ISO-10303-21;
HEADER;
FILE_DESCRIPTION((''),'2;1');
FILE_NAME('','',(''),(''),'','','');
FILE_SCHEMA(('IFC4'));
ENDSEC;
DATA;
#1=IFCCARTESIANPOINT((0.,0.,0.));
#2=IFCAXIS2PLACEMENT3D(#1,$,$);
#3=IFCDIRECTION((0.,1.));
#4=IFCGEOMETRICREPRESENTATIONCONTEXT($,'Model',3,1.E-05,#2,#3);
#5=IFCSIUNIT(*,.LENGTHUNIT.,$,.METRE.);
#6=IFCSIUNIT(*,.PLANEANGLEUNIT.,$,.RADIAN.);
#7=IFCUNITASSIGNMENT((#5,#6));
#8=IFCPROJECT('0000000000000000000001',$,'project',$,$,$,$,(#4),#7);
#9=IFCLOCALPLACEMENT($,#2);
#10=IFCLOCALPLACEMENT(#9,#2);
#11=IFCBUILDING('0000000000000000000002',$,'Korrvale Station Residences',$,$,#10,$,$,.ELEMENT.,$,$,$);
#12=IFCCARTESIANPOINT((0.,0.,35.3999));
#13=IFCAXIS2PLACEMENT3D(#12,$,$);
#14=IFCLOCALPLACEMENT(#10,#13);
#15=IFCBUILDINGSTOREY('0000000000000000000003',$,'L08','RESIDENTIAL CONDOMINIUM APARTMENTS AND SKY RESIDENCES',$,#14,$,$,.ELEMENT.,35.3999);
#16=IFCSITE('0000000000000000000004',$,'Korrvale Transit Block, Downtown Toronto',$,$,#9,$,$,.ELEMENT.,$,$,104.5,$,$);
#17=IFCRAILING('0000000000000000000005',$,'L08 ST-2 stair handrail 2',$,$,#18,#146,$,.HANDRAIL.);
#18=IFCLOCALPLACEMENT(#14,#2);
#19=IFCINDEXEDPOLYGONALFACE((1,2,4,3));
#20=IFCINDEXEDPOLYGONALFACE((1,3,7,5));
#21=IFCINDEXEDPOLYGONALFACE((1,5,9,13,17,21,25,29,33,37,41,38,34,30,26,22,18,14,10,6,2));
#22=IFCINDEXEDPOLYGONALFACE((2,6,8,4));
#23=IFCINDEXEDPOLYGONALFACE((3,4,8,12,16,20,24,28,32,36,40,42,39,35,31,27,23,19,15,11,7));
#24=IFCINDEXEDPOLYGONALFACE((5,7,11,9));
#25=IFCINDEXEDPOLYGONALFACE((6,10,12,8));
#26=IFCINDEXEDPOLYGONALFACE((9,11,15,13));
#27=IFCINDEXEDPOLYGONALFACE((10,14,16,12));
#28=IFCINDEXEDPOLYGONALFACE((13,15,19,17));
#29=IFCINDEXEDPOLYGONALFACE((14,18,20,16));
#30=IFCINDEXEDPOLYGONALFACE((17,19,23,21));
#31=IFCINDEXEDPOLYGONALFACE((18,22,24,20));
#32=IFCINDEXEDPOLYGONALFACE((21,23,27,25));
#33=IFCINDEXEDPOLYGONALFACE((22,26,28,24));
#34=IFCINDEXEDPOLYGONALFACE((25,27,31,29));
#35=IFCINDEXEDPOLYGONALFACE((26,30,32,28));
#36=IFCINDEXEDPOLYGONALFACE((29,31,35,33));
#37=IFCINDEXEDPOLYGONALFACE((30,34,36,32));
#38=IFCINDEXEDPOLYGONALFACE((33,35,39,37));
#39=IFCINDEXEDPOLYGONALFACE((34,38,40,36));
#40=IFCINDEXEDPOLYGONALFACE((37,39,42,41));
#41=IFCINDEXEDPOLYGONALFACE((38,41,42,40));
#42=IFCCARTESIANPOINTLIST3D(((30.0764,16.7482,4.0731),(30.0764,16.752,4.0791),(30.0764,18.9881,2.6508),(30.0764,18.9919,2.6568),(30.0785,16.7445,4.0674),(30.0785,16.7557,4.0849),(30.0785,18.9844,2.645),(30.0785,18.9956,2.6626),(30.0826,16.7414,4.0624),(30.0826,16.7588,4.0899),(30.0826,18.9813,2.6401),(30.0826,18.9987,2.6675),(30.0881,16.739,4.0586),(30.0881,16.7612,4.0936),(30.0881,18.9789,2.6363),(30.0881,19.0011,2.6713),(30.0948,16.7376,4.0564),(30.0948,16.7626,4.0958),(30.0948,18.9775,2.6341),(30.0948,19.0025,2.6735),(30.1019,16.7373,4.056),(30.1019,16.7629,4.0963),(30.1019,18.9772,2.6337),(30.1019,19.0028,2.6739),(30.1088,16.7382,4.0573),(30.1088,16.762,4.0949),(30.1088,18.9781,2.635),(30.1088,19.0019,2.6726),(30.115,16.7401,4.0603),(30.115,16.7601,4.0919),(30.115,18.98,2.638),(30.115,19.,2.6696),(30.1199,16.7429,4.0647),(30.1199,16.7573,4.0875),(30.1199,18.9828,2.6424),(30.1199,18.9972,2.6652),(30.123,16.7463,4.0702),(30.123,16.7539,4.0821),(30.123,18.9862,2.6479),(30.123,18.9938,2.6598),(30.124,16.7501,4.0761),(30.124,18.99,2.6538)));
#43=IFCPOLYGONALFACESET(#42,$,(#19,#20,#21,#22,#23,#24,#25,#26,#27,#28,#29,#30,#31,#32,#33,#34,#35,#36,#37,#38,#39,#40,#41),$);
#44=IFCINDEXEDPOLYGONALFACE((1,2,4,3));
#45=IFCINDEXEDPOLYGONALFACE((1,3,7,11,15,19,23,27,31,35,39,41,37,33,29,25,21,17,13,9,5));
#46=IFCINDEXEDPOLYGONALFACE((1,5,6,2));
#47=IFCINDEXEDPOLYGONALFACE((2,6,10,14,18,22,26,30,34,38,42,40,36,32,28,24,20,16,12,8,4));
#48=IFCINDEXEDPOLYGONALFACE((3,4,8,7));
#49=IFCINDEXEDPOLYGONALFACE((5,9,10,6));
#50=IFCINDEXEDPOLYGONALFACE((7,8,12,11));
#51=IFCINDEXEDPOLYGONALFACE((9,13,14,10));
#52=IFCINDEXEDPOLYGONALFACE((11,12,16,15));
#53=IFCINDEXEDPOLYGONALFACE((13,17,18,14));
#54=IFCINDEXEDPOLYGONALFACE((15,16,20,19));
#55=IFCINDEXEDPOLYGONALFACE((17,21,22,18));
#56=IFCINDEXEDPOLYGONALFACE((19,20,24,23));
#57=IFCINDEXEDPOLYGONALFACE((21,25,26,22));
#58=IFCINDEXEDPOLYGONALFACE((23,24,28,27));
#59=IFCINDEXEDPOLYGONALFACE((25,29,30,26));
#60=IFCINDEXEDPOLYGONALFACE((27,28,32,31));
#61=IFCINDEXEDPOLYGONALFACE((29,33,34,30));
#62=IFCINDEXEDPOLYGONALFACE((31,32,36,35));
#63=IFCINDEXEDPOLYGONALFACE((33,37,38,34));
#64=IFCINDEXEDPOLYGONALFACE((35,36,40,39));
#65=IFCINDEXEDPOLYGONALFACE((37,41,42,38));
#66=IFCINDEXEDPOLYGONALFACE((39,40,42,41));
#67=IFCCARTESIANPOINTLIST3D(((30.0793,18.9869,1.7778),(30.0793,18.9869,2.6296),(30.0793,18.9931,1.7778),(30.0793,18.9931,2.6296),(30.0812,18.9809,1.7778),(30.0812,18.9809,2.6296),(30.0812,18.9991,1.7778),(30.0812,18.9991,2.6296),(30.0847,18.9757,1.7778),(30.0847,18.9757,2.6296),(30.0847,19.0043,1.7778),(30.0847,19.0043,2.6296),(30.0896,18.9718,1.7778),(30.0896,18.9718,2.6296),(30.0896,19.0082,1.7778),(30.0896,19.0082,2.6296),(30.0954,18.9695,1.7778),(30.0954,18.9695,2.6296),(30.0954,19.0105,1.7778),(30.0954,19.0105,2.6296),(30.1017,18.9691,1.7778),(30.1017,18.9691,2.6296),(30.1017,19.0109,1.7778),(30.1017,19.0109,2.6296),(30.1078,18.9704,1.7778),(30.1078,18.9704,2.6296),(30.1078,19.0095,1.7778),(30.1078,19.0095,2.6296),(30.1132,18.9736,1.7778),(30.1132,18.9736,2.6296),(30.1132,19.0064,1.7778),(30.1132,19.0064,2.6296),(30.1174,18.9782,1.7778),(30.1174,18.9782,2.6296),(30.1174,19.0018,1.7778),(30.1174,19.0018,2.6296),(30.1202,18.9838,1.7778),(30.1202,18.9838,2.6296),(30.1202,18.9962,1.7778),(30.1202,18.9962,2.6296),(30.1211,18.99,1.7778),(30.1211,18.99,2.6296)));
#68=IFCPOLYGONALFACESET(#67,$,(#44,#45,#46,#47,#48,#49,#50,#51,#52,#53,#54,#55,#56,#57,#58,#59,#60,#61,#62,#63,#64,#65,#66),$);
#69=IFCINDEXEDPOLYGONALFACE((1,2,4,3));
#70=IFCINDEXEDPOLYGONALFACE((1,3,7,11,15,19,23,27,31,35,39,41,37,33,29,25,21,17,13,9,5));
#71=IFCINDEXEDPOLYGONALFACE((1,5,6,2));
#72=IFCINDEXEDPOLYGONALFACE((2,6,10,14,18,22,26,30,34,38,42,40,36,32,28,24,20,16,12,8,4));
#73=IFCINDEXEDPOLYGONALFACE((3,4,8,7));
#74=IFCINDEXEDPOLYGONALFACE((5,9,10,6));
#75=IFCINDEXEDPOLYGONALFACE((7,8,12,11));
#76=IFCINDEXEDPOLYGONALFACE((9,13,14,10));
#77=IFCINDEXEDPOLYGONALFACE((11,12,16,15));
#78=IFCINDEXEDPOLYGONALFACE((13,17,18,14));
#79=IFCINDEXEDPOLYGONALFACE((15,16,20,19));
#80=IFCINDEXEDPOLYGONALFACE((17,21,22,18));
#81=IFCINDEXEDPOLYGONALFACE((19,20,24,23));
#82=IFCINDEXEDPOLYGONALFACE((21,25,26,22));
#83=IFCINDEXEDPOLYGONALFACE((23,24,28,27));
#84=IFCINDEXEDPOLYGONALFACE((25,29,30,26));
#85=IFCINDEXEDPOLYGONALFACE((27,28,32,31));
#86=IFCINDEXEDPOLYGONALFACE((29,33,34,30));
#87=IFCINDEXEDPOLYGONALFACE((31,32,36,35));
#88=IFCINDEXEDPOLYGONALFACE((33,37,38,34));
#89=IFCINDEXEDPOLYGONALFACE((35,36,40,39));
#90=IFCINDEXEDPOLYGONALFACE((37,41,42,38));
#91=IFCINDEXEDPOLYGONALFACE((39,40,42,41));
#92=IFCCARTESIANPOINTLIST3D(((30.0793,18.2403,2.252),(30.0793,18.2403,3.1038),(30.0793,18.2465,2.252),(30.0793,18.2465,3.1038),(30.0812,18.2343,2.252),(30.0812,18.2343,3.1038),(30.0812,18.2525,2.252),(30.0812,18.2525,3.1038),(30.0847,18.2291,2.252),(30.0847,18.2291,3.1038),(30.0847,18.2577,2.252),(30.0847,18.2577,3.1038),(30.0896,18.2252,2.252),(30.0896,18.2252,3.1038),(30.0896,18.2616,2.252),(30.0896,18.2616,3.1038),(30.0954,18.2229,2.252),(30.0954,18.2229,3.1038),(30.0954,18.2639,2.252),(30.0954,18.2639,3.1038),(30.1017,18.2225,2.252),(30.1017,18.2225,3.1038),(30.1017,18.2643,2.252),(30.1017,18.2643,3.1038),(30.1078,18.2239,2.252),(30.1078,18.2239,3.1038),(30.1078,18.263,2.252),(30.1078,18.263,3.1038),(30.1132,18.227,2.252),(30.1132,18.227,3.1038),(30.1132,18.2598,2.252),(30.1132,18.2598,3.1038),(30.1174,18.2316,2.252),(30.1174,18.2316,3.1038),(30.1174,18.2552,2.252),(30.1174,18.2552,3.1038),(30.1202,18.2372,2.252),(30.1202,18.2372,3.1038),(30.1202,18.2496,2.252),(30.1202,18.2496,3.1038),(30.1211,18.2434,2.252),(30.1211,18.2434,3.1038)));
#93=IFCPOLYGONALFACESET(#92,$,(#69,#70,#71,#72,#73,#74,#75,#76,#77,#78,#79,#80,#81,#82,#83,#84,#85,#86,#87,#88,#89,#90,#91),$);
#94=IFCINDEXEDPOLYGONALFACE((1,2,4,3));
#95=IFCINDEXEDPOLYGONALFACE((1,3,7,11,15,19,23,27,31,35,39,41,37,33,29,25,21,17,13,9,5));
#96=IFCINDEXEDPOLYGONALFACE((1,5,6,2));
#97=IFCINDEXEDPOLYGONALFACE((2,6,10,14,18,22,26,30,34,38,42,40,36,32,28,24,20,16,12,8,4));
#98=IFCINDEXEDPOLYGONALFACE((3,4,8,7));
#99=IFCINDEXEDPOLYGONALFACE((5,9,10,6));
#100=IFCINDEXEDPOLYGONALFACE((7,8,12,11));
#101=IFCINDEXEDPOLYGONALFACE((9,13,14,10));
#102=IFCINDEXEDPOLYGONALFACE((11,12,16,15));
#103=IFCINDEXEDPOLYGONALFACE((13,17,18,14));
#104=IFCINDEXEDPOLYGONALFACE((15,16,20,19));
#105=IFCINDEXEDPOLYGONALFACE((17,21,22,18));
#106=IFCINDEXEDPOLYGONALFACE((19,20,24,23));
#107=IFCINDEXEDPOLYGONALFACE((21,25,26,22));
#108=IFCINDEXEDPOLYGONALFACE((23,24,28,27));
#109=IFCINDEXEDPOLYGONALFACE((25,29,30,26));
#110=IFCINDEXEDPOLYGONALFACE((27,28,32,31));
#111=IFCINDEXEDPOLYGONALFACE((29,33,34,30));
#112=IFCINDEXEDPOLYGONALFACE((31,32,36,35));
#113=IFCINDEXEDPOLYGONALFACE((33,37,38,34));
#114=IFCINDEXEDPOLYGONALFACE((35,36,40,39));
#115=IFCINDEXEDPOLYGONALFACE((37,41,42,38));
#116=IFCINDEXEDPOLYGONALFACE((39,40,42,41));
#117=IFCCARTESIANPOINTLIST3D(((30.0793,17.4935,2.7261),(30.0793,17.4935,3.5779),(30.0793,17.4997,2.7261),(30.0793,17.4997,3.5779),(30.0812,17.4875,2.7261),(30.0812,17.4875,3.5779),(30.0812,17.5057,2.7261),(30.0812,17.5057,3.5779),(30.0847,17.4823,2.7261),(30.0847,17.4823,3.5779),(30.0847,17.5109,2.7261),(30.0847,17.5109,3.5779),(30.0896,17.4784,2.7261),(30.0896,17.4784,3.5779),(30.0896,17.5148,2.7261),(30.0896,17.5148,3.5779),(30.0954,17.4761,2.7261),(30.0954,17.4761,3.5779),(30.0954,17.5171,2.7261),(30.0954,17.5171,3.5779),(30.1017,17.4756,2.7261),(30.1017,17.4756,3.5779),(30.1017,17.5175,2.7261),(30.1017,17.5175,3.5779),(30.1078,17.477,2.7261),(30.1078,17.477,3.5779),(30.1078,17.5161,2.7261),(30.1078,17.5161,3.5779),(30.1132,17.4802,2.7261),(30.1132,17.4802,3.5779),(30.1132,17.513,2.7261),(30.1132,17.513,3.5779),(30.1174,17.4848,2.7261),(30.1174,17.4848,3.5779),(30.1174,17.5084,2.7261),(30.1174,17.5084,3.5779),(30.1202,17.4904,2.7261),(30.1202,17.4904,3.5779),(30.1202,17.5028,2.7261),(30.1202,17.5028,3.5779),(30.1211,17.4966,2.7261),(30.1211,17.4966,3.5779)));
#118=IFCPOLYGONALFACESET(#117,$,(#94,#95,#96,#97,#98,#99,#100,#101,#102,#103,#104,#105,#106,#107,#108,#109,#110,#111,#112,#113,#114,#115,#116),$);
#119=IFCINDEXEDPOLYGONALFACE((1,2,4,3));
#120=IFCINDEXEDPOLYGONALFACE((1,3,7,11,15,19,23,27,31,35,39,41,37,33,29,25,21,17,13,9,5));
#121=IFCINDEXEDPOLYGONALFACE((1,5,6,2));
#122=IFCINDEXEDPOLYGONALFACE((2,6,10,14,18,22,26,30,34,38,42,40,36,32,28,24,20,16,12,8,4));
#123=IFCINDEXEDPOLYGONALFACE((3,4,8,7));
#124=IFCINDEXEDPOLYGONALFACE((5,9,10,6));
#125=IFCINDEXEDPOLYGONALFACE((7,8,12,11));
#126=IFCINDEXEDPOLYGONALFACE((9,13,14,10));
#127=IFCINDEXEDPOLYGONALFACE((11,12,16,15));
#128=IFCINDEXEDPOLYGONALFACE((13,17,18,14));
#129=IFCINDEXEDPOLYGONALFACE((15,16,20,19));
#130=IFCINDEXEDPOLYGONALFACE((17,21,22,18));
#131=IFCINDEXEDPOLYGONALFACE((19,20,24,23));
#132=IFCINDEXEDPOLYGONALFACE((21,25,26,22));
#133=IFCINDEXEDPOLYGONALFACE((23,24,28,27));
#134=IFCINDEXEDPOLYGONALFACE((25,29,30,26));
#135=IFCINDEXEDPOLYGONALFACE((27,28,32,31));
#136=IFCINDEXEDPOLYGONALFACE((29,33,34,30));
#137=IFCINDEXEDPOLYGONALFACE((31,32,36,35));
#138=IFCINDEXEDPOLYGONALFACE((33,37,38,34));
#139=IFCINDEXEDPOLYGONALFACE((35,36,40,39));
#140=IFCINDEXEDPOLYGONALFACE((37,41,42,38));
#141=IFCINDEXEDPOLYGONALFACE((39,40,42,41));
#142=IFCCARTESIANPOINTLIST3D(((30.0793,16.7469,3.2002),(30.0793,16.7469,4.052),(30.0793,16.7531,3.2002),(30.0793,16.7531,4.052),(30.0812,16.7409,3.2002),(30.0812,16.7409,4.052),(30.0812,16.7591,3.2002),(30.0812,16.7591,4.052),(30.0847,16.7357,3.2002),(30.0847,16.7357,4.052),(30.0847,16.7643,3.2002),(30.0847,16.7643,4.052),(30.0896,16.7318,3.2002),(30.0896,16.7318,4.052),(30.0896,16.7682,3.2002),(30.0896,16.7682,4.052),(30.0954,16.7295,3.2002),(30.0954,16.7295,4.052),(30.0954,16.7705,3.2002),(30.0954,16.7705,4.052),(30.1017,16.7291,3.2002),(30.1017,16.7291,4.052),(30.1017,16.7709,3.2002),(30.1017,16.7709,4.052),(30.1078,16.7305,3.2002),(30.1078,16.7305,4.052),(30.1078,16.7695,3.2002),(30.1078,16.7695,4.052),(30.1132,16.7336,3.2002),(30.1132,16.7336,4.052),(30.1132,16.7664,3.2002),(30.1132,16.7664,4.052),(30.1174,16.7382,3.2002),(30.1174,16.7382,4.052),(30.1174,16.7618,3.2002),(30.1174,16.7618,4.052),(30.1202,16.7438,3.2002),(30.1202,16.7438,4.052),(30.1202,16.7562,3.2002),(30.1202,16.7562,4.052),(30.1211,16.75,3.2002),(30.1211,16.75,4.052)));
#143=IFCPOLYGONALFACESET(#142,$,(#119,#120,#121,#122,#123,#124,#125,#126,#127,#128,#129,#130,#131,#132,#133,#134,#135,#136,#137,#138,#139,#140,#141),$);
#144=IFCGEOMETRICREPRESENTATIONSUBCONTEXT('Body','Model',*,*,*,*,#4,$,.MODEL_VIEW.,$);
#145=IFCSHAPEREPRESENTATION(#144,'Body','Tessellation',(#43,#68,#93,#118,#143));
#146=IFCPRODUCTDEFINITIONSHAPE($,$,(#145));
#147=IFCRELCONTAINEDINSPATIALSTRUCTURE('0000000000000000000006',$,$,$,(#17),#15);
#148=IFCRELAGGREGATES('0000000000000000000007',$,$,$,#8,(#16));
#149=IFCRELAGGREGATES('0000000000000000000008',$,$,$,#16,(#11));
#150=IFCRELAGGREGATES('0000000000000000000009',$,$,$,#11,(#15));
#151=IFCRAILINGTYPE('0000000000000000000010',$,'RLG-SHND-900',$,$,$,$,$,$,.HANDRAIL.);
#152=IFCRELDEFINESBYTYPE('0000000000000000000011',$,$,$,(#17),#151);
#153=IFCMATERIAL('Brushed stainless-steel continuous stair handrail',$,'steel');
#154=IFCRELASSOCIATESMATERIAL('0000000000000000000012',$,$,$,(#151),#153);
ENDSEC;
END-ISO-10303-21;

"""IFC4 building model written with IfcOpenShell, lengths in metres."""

from ifc_helpers import new_model, si_unit, direction, frame, origin, origin_2d, place, context, subcontext, project, spatial, circle, extrude, material, type_object, element, save


model = new_model("IFC4")

# Units and contexts
model_context = context("Model", 3, precision=1e-05, world=origin(), true_north=direction((0.0, 1.0)))
body_context = subcontext(model_context, "Body", "Model", "MODEL_VIEW")
ifc_project = project(units=[si_unit("LENGTHUNIT", "METRE"), si_unit("PLANEANGLEUNIT", "RADIAN")], contexts=[model_context])

# Site, building, storey
site_placement = place(None, origin())
site = spatial("IfcSite", under=ifc_project, at=site_placement, Name="Korrvale Transit Block, Downtown Toronto", CompositionType="ELEMENT", RefElevation=104.5)
building_placement = place(site_placement, origin())
building = spatial("IfcBuilding", under=site, at=building_placement, Name="Korrvale Station Residences", CompositionType="ELEMENT")
storey_placement = place(building_placement, frame((0.0, 0.0, 35.3999)))
storey = spatial("IfcBuildingStorey", under=building, at=storey_placement, Name="L08", Description="RESIDENTIAL CONDOMINIUM APARTMENTS AND SKY RESIDENCES", CompositionType="ELEMENT", Elevation=35.3999)

# Railing
ifc_material_1 = material(Name="Brushed stainless-steel continuous stair handrail", Category="steel")
railing_type_1 = type_object("IfcRailingType", Name="RLG-SHND-900", PredefinedType="HANDRAIL", material=ifc_material_1)
railing_1_placement = place(storey_placement, frame((30.1001, 18.99, 1.7778)))
element("IfcRailing", 1, at=railing_1_placement, inside=storey, type_object=railing_type_1, Name="L08 ST-2 stair handrail 2", PredefinedType="HANDRAIL", context=body_context, shape_type="SweptSolid", body=[
    extrude(circle(Radius=0.0239, at=origin_2d()), frame((0.0, 0.0, 0.876), z_axis=(0.0, -0.844188, 0.536048), x_axis=(1.0, 0.0, 0.0)), (0.0, 0.0, 1.0), 2.6533),
    extrude(circle(Radius=0.021, at=origin_2d()), origin(), (0.0, 0.0, 1.0), 0.8518),
    extrude(circle(Radius=0.021, at=origin_2d()), frame((0.0, -0.7466, 0.4741)), (0.0, 0.0, 1.0), 0.8518),
    extrude(circle(Radius=0.021, at=origin_2d()), frame((0.0, -1.4934, 0.9482)), (0.0, 0.0, 1.0), 0.8518),
    extrude(circle(Radius=0.021, at=origin_2d()), frame((0.0, -2.24, 1.4224)), (0.0, 0.0, 1.0), 0.8518),
])

save(model, "model.ifc")
